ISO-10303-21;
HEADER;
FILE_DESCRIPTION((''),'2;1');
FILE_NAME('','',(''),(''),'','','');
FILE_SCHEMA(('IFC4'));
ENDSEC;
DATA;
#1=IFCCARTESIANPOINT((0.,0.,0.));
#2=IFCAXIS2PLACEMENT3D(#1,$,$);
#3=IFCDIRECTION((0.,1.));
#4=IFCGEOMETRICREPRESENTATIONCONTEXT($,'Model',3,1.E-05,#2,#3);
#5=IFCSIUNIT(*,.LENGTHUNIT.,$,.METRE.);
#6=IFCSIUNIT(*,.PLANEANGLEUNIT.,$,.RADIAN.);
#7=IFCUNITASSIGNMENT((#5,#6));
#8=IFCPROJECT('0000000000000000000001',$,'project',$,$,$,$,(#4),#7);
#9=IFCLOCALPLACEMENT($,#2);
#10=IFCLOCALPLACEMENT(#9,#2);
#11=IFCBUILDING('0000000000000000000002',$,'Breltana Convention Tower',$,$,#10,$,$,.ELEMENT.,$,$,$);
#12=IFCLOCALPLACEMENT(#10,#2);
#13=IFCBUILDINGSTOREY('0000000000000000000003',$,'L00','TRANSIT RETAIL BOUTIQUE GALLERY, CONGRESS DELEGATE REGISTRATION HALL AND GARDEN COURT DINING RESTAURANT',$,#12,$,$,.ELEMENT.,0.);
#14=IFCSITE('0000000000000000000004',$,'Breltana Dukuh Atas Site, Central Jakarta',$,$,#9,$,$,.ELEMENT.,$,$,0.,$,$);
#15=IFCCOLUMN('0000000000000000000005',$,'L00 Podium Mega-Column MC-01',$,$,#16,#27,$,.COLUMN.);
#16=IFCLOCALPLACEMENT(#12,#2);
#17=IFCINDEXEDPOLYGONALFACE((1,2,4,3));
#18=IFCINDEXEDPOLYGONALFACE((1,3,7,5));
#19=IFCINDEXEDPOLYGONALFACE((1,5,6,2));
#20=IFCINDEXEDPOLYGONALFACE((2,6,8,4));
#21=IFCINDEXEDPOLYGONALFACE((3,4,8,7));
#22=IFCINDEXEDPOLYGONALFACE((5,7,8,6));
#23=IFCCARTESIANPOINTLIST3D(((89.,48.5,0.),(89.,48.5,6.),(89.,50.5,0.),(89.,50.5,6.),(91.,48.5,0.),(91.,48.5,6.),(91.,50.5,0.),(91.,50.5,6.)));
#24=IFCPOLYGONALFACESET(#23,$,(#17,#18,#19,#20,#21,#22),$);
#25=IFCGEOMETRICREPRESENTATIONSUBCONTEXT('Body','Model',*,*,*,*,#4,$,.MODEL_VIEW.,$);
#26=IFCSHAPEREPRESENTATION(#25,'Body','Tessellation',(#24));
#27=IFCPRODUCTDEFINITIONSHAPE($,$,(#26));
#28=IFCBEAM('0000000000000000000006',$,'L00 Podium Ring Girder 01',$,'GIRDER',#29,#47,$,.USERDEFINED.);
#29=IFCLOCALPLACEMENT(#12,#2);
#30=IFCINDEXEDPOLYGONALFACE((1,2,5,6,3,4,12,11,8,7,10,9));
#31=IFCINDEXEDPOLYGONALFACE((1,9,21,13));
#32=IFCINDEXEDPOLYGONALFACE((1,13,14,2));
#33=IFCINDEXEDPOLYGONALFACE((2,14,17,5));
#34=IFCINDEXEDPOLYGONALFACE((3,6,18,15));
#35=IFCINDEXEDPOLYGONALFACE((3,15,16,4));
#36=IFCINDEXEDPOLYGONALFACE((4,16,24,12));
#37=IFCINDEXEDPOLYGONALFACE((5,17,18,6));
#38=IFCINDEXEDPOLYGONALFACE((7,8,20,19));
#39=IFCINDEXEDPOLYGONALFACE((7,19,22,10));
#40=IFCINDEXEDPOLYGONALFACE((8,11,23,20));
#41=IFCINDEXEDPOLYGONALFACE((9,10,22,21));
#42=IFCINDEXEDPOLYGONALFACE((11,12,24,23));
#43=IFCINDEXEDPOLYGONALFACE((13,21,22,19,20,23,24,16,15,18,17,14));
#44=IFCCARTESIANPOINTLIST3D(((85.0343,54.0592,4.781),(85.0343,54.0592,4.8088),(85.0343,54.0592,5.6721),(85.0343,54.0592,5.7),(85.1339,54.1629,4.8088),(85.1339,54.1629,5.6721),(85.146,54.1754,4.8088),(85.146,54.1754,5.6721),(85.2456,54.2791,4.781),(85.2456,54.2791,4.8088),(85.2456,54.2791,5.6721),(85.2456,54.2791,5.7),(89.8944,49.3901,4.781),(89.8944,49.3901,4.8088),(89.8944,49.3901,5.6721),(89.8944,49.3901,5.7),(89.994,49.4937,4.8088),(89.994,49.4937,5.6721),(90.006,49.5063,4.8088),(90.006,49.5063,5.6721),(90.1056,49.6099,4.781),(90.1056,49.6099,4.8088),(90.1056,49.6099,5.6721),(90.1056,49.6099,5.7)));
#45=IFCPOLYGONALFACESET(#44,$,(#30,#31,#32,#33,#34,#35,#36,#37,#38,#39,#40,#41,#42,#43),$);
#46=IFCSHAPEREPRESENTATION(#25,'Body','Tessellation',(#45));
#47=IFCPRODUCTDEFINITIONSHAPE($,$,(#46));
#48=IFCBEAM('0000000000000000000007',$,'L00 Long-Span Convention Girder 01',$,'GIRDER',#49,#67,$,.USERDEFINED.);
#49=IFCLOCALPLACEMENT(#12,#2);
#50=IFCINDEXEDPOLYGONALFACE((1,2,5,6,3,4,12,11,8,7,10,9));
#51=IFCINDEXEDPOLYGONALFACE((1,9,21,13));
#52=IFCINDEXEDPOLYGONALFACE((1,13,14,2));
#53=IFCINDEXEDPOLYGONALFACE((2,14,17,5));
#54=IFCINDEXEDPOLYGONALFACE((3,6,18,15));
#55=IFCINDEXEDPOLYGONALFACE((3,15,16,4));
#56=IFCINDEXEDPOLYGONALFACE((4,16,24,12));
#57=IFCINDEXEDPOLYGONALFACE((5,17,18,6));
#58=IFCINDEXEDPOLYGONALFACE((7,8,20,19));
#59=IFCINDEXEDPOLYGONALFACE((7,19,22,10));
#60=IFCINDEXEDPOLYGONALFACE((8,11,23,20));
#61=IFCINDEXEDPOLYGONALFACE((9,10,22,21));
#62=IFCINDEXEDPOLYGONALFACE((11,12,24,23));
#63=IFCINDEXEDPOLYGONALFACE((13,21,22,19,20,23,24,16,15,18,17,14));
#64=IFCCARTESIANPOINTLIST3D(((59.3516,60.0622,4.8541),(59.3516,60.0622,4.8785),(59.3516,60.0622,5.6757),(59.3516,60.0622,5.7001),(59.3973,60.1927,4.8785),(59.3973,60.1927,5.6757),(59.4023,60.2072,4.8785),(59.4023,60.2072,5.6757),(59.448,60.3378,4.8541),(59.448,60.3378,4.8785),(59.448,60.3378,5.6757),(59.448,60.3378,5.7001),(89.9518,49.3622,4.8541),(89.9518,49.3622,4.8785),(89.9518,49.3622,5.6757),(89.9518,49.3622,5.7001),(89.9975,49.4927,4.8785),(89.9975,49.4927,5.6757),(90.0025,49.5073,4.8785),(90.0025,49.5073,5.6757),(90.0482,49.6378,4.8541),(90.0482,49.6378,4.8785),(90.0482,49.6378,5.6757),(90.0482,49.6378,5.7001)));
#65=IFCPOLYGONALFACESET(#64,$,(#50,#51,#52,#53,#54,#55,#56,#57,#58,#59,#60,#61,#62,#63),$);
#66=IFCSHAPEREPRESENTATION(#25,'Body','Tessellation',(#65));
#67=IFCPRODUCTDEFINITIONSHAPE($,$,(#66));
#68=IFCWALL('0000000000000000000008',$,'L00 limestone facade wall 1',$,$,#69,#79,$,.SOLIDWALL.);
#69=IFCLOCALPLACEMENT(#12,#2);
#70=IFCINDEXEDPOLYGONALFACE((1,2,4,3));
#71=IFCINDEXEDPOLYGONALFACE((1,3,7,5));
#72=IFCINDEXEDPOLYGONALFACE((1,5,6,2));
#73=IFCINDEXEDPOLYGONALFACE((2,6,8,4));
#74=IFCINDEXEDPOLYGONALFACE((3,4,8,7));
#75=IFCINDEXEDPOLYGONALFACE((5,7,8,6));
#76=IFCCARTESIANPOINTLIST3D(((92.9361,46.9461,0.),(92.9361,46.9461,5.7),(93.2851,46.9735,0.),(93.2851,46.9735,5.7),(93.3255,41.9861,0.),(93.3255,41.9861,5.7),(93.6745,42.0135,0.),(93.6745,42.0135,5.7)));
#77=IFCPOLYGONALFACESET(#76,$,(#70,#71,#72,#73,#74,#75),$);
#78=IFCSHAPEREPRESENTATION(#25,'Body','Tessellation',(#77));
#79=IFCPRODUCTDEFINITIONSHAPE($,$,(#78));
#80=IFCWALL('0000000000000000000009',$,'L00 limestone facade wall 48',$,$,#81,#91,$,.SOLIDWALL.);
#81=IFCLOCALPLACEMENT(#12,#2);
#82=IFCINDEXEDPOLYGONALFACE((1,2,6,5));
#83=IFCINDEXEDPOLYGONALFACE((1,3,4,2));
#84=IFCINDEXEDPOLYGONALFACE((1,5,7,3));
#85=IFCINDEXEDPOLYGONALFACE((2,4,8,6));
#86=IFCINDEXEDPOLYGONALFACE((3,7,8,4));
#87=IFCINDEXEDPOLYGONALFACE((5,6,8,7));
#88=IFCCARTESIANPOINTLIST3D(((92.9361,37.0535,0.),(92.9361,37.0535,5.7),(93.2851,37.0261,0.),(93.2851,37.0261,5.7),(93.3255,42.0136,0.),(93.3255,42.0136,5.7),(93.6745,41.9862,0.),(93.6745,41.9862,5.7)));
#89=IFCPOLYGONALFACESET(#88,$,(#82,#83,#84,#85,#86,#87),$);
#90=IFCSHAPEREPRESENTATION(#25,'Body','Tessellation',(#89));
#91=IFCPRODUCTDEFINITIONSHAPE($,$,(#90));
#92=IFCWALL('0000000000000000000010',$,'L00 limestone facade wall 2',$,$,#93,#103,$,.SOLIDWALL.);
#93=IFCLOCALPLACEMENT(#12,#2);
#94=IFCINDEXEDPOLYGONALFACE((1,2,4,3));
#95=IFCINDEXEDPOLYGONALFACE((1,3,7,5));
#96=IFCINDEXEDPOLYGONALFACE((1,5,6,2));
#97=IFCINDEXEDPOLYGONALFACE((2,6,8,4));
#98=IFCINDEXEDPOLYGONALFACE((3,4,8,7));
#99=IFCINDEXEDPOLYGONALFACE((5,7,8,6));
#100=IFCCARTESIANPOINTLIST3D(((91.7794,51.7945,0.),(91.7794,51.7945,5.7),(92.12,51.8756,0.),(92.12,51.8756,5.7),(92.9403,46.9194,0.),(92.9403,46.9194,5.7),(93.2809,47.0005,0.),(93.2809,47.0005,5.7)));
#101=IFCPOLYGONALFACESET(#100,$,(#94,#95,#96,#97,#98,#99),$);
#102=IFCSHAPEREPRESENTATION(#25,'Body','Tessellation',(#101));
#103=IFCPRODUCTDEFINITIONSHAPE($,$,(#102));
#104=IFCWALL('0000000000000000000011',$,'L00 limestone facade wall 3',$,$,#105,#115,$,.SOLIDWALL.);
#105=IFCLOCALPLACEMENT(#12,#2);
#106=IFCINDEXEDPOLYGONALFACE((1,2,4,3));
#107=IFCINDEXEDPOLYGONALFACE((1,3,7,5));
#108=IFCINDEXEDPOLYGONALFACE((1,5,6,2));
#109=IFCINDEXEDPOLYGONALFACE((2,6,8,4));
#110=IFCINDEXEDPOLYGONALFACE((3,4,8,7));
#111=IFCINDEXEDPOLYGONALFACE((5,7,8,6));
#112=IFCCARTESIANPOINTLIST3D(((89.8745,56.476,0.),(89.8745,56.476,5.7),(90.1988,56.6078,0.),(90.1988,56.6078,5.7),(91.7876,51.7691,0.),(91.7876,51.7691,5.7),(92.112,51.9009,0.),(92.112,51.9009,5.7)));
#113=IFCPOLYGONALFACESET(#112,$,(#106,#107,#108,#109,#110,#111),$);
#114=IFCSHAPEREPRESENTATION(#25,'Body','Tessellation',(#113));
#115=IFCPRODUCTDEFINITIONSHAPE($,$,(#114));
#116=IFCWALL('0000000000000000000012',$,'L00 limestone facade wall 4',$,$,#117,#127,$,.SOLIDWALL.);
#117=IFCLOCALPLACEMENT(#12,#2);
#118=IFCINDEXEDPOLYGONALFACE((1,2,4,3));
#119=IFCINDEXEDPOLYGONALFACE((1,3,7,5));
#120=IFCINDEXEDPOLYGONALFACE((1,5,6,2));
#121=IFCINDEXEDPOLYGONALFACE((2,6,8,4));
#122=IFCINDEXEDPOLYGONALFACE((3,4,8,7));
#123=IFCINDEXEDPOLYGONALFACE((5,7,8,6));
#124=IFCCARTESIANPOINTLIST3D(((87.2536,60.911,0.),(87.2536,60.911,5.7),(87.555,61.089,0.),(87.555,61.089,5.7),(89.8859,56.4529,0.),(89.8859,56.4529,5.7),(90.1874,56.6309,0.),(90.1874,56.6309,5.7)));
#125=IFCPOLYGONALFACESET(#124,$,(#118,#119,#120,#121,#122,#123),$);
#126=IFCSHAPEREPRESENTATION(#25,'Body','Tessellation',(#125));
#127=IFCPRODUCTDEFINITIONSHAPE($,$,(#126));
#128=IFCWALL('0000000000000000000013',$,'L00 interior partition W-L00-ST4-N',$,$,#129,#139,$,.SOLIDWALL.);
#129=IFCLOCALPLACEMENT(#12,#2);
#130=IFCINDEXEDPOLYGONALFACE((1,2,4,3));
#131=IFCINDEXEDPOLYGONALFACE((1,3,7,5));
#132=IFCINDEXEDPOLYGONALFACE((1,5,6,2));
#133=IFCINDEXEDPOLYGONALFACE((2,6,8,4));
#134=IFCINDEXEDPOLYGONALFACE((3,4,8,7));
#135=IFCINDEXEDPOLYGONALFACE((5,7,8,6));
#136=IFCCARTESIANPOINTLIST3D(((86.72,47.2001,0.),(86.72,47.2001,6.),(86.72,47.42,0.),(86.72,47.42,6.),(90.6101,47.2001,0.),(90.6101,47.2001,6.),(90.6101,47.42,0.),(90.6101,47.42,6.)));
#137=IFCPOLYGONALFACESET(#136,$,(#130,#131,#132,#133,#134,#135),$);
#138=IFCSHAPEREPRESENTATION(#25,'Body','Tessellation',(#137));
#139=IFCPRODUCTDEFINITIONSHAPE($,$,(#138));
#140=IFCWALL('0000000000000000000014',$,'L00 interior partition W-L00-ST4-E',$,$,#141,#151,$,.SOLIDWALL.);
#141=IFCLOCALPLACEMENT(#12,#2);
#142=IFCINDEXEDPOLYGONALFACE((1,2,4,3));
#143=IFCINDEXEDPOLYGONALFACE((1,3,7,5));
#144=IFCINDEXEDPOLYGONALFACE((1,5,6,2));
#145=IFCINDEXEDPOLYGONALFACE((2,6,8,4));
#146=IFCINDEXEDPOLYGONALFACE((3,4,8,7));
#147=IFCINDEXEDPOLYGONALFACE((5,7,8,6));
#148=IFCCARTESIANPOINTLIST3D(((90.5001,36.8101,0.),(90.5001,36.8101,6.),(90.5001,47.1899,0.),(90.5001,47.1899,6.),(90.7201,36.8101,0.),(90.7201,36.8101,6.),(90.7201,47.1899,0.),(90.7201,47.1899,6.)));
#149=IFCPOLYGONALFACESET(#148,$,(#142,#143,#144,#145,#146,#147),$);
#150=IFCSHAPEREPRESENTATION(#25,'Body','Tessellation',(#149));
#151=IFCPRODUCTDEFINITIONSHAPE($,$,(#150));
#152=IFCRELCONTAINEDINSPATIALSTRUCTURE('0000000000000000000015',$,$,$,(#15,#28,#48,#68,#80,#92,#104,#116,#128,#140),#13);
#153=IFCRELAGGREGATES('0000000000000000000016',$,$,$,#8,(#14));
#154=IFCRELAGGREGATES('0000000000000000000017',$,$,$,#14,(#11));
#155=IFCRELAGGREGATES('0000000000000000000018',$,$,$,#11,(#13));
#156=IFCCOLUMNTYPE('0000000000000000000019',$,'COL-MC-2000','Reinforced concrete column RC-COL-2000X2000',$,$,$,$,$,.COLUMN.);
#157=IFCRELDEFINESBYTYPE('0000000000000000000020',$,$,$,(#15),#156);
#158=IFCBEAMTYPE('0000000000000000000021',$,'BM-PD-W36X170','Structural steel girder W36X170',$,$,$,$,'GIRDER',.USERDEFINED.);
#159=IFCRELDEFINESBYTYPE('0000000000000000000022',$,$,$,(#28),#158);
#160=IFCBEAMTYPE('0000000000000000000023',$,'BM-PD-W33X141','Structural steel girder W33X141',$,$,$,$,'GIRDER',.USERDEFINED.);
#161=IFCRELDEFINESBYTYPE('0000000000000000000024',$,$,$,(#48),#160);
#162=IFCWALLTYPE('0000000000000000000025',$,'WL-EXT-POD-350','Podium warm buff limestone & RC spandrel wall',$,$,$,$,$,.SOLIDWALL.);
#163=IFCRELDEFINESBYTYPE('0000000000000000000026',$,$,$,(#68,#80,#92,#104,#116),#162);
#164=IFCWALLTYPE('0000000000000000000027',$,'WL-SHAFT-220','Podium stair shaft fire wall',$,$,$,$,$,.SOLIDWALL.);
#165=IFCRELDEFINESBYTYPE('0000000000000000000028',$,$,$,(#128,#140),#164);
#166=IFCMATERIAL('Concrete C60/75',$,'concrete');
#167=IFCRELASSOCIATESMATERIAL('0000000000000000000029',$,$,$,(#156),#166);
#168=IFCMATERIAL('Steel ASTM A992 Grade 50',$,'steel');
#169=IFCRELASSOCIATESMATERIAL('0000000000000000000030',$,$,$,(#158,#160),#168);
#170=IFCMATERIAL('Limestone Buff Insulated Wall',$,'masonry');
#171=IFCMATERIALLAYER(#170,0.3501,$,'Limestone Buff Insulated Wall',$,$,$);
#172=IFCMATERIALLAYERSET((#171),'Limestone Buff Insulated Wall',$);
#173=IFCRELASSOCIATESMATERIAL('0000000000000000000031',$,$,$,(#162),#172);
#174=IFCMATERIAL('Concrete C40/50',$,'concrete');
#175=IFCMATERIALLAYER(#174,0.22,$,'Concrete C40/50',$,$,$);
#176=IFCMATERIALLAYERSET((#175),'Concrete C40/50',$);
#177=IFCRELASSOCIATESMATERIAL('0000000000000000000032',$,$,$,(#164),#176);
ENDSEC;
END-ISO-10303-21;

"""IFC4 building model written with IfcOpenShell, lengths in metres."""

from ifc_helpers import new_model, si_unit, direction, frame, frame_2d, origin, origin_2d, place, context, subcontext, project, spatial, rectangle, i_section, extrude, source, transform, mapped, material, layer, layer_set, material_profile, profile_set, type_object, type_shapes, element, save


model = new_model("IFC4")

# Units and contexts
model_context = context("Model", 3, precision=1e-05, world=origin(), true_north=direction((0.0, 1.0)))
body_context = subcontext(model_context, "Body", "Model", "MODEL_VIEW")
ifc_project = project(units=[si_unit("LENGTHUNIT", "METRE"), si_unit("PLANEANGLEUNIT", "RADIAN")], contexts=[model_context])

# Site, building, storey
site_placement = place(None, origin())
site = spatial("IfcSite", under=ifc_project, at=site_placement, Name="Breltana Dukuh Atas Site, Central Jakarta", CompositionType="ELEMENT", RefElevation=0.0)
building_placement = place(site_placement, origin())
building = spatial("IfcBuilding", under=site, at=building_placement, Name="Breltana Convention Tower", CompositionType="ELEMENT")
storey_placement = place(building_placement, origin())
storey = spatial("IfcBuildingStorey", under=building, at=storey_placement, Name="L00", Description="TRANSIT RETAIL BOUTIQUE GALLERY, CONGRESS DELEGATE REGISTRATION HALL AND GARDEN COURT DINING RESTAURANT", CompositionType="ELEMENT", Elevation=0.0)

# Column
ifc_material_1 = material(Name="Concrete C60/75", Category="concrete")
ifc_material_profile_1 = material_profile(ifc_material_1, rectangle(XDim=2.0, YDim=2.0, at=origin_2d()), Name="RC-COL-2000X2000")
ifc_profile_set_1 = profile_set([ifc_material_profile_1], Name="Concrete C60/75")
column_type = type_object("IfcColumnType", Name="COL-MC-2000", Description="Reinforced concrete column RC-COL-2000X2000", PredefinedType="COLUMN", material=ifc_profile_set_1)
shared_shape_1 = source(origin(), body_context, "Body", "SweptSolid", [
    extrude(rectangle(XDim=2.0, YDim=2.0, at=origin_2d()), origin(), (0.0, 0.0, 1.0), 6.0),
])
column_placement = place(storey_placement, frame((90.0, 49.5, 0.0), z_axis=(0.0, 0.0, 1.0), x_axis=(1.0, 0.0, 0.0)))
element("IfcColumn", 1, at=column_placement, inside=storey, type_object=column_type, Name="L00 Podium Mega-Column MC-01", PredefinedType="COLUMN", context=body_context, shape_type="MappedRepresentation", body=[
    mapped(shared_shape_1, transform((0.0, 0.0, 0.0), scale=1.0)),
])

# Beams
ifc_material_2 = material(Name="Steel ASTM A992 Grade 50", Category="steel")
ifc_material_profile_2 = material_profile(ifc_material_2, i_section(OverallWidth=0.3049, OverallDepth=0.9189, WebThickness=0.0173, FlangeThickness=0.0278, at=origin_2d()), Name="W36X170")
ifc_profile_set_2 = profile_set([ifc_material_profile_2], Name="Steel ASTM A992 Grade 50")
beam_type_1 = type_object("IfcBeamType", Name="BM-PD-W36X170", Description="Structural steel girder W36X170", ElementType="GIRDER", PredefinedType="USERDEFINED", material=ifc_profile_set_2)
shared_shape_2 = source(origin(), body_context, "Body", "SweptSolid", [
    extrude(i_section(OverallWidth=0.3049, OverallDepth=0.9189, WebThickness=0.0173, FlangeThickness=0.0278, at=origin_2d()), origin(), (0.0, 0.0, 1.0), 6.7395),
])
type_shapes(beam_type_1, [shared_shape_2])
beam_1_placement = place(storey_placement, frame((90.0, 49.5, 5.2405), z_axis=(-0.721129, 0.692801, 0.0), x_axis=(-0.692801, -0.721129, 0.0)))
element("IfcBeam", 2, at=beam_1_placement, inside=storey, type_object=beam_type_1, Name="L00 Podium Ring Girder 01", ObjectType="GIRDER", PredefinedType="USERDEFINED", context=body_context, shape_type="MappedRepresentation", body=[
    mapped(shared_shape_2, transform((0.0, 0.0, 0.0), scale=1.0)),
])
ifc_material_profile_3 = material_profile(ifc_material_2, i_section(OverallWidth=0.292, OverallDepth=0.8459, WebThickness=0.0154, FlangeThickness=0.0244, at=origin_2d()), Name="W33X141")
ifc_profile_set_3 = profile_set([ifc_material_profile_3], Name="Steel ASTM A992 Grade 50")
beam_type_2 = type_object("IfcBeamType", Name="BM-PD-W33X141", Description="Structural steel girder W33X141", ElementType="GIRDER", PredefinedType="USERDEFINED", material=ifc_profile_set_3)
shared_shape_3 = source(origin(), body_context, "Body", "SweptSolid", [
    extrude(i_section(OverallWidth=0.292, OverallDepth=0.8459, WebThickness=0.0154, FlangeThickness=0.0244, at=origin_2d()), origin(), (0.0, 0.0, 1.0), 32.417),
])
type_shapes(beam_type_2, [shared_shape_3])
beam_2_placement = place(storey_placement, frame((90.0, 49.5, 5.2771), z_axis=(-0.943955, 0.330073, 0.0), x_axis=(-0.330073, -0.943955, 0.0)))
element("IfcBeam", 3, at=beam_2_placement, inside=storey, type_object=beam_type_2, Name="L00 Long-Span Convention Girder 01", ObjectType="GIRDER", PredefinedType="USERDEFINED", context=body_context, shape_type="MappedRepresentation", body=[
    mapped(shared_shape_3, transform((0.0, 0.0, 0.0), scale=1.0)),
])

# Walls
ifc_material_3 = material(Name="Limestone Buff Insulated Wall", Category="masonry")
ifc_layer_1 = layer(ifc_material_3, 0.3501, Name="Limestone Buff Insulated Wall")
ifc_layer_set_1 = layer_set([ifc_layer_1], Name="Limestone Buff Insulated Wall")
wall_type_1 = type_object("IfcWallType", Name="WL-EXT-POD-350", Description="Podium warm buff limestone & RC spandrel wall", PredefinedType="SOLIDWALL", material=ifc_layer_set_1)
shared_shape_4 = source(origin(), body_context, "Body", "SweptSolid", [
    extrude(rectangle(XDim=4.9753, YDim=0.3501, at=frame_2d((2.4878, 0.0))), origin(), (0.0, 0.0, 1.0), 5.7),
])
type_shapes(wall_type_1, [shared_shape_4])
for number, where, z_axis, x_axis, name in (
    (4, (93.1106, 46.96, 0.0), (0.0, 0.0, 1.0), (0.078269, -0.996932, 0.0), "L00 limestone facade wall 1"),
    (5, (93.5, 42.0, 0.0), (0.0, 0.0, 1.0), (-0.078269, -0.996932, 0.0), "L00 limestone facade wall 48"),
):
    element("IfcWall", number, at=place(storey_placement, frame(where, z_axis=z_axis, x_axis=x_axis)), inside=storey, type_object=wall_type_1, Name=name, PredefinedType="SOLIDWALL", context=body_context, shape_type="MappedRepresentation", body=[
        mapped(shared_shape_4, transform((0.0, 0.0, 0.0), scale=1.0)),
    ])
shared_shape_5 = source(origin(), body_context, "Body", "SweptSolid", [
    extrude(rectangle(XDim=5.0115, YDim=0.3501, at=frame_2d((2.5059, 0.0))), origin(), (0.0, 0.0, 1.0), 5.7),
])
wall_1_placement = place(storey_placement, frame((91.9497, 51.8352, 0.0), z_axis=(0.0, 0.0, 1.0), x_axis=(0.231642, -0.972801, 0.0)))
element("IfcWall", 6, at=wall_1_placement, inside=storey, type_object=wall_type_1, Name="L00 limestone facade wall 2", PredefinedType="SOLIDWALL", context=body_context, shape_type="MappedRepresentation", body=[
    mapped(shared_shape_5, transform((0.0, 0.0, 0.0), scale=1.0)),
])
shared_shape_6 = source(origin(), body_context, "Body", "SweptSolid", [
    extrude(rectangle(XDim=5.0808, YDim=0.3501, at=frame_2d((2.5405, 0.0))), origin(), (0.0, 0.0, 1.0), 5.7),
])
wall_2_placement = place(storey_placement, frame((90.0366, 56.542, 0.0), z_axis=(0.0, 0.0, 1.0), x_axis=(0.376538, -0.926401, 0.0)))
element("IfcWall", 7, at=wall_2_placement, inside=storey, type_object=wall_type_1, Name="L00 limestone facade wall 3", PredefinedType="SOLIDWALL", context=body_context, shape_type="MappedRepresentation", body=[
    mapped(shared_shape_6, transform((0.0, 0.0, 0.0), scale=1.0)),
])
shared_shape_7 = source(origin(), body_context, "Body", "SweptSolid", [
    extrude(rectangle(XDim=5.1772, YDim=0.3501, at=frame_2d((2.5886, 0.0))), origin(), (0.0, 0.0, 1.0), 5.7),
])
wall_3_placement = place(storey_placement, frame((87.4043, 61.0, 0.0), z_axis=(0.0, 0.0, 1.0), x_axis=(0.50845, -0.861092, 0.0)))
element("IfcWall", 8, at=wall_3_placement, inside=storey, type_object=wall_type_1, Name="L00 limestone facade wall 4", PredefinedType="SOLIDWALL", context=body_context, shape_type="MappedRepresentation", body=[
    mapped(shared_shape_7, transform((0.0, 0.0, 0.0), scale=1.0)),
])

# Walls
ifc_material_4 = material(Name="Concrete C40/50", Category="concrete")
ifc_layer_2 = layer(ifc_material_4, 0.22, Name="Concrete C40/50")
ifc_layer_set_2 = layer_set([ifc_layer_2], Name="Concrete C40/50")
wall_type_2 = type_object("IfcWallType", Name="WL-SHAFT-220", Description="Podium stair shaft fire wall", PredefinedType="SOLIDWALL", material=ifc_layer_set_2)
shared_shape_8 = source(origin(), body_context, "Body", "SweptSolid", [
    extrude(rectangle(XDim=3.8901, YDim=0.22, at=frame_2d((1.9451, 0.0))), origin(), (0.0, 0.0, 1.0), 6.0),
])
wall_4_placement = place(storey_placement, frame((86.72, 47.3101, 0.0), z_axis=(0.0, 0.0, 1.0), x_axis=(1.0, 0.0, 0.0)))
element("IfcWall", 9, at=wall_4_placement, inside=storey, type_object=wall_type_2, Name="L00 interior partition W-L00-ST4-N", PredefinedType="SOLIDWALL", context=body_context, shape_type="MappedRepresentation", body=[
    mapped(shared_shape_8, transform((0.0, 0.0, 0.0), scale=1.0)),
])
shared_shape_9 = source(origin(), body_context, "Body", "SweptSolid", [
    extrude(rectangle(XDim=10.3799, YDim=0.22, at=frame_2d((5.1899, 0.0))), origin(), (0.0, 0.0, 1.0), 6.0),
])
wall_5_placement = place(storey_placement, frame((90.6101, 36.8101, 0.0), z_axis=(0.0, 0.0, 1.0), x_axis=(0.0, 1.0, 0.0)))
element("IfcWall", 10, at=wall_5_placement, inside=storey, type_object=wall_type_2, Name="L00 interior partition W-L00-ST4-E", PredefinedType="SOLIDWALL", context=body_context, shape_type="MappedRepresentation", body=[
    mapped(shared_shape_9, transform((0.0, 0.0, 0.0), scale=1.0)),
])

save(model, "model.ifc")
